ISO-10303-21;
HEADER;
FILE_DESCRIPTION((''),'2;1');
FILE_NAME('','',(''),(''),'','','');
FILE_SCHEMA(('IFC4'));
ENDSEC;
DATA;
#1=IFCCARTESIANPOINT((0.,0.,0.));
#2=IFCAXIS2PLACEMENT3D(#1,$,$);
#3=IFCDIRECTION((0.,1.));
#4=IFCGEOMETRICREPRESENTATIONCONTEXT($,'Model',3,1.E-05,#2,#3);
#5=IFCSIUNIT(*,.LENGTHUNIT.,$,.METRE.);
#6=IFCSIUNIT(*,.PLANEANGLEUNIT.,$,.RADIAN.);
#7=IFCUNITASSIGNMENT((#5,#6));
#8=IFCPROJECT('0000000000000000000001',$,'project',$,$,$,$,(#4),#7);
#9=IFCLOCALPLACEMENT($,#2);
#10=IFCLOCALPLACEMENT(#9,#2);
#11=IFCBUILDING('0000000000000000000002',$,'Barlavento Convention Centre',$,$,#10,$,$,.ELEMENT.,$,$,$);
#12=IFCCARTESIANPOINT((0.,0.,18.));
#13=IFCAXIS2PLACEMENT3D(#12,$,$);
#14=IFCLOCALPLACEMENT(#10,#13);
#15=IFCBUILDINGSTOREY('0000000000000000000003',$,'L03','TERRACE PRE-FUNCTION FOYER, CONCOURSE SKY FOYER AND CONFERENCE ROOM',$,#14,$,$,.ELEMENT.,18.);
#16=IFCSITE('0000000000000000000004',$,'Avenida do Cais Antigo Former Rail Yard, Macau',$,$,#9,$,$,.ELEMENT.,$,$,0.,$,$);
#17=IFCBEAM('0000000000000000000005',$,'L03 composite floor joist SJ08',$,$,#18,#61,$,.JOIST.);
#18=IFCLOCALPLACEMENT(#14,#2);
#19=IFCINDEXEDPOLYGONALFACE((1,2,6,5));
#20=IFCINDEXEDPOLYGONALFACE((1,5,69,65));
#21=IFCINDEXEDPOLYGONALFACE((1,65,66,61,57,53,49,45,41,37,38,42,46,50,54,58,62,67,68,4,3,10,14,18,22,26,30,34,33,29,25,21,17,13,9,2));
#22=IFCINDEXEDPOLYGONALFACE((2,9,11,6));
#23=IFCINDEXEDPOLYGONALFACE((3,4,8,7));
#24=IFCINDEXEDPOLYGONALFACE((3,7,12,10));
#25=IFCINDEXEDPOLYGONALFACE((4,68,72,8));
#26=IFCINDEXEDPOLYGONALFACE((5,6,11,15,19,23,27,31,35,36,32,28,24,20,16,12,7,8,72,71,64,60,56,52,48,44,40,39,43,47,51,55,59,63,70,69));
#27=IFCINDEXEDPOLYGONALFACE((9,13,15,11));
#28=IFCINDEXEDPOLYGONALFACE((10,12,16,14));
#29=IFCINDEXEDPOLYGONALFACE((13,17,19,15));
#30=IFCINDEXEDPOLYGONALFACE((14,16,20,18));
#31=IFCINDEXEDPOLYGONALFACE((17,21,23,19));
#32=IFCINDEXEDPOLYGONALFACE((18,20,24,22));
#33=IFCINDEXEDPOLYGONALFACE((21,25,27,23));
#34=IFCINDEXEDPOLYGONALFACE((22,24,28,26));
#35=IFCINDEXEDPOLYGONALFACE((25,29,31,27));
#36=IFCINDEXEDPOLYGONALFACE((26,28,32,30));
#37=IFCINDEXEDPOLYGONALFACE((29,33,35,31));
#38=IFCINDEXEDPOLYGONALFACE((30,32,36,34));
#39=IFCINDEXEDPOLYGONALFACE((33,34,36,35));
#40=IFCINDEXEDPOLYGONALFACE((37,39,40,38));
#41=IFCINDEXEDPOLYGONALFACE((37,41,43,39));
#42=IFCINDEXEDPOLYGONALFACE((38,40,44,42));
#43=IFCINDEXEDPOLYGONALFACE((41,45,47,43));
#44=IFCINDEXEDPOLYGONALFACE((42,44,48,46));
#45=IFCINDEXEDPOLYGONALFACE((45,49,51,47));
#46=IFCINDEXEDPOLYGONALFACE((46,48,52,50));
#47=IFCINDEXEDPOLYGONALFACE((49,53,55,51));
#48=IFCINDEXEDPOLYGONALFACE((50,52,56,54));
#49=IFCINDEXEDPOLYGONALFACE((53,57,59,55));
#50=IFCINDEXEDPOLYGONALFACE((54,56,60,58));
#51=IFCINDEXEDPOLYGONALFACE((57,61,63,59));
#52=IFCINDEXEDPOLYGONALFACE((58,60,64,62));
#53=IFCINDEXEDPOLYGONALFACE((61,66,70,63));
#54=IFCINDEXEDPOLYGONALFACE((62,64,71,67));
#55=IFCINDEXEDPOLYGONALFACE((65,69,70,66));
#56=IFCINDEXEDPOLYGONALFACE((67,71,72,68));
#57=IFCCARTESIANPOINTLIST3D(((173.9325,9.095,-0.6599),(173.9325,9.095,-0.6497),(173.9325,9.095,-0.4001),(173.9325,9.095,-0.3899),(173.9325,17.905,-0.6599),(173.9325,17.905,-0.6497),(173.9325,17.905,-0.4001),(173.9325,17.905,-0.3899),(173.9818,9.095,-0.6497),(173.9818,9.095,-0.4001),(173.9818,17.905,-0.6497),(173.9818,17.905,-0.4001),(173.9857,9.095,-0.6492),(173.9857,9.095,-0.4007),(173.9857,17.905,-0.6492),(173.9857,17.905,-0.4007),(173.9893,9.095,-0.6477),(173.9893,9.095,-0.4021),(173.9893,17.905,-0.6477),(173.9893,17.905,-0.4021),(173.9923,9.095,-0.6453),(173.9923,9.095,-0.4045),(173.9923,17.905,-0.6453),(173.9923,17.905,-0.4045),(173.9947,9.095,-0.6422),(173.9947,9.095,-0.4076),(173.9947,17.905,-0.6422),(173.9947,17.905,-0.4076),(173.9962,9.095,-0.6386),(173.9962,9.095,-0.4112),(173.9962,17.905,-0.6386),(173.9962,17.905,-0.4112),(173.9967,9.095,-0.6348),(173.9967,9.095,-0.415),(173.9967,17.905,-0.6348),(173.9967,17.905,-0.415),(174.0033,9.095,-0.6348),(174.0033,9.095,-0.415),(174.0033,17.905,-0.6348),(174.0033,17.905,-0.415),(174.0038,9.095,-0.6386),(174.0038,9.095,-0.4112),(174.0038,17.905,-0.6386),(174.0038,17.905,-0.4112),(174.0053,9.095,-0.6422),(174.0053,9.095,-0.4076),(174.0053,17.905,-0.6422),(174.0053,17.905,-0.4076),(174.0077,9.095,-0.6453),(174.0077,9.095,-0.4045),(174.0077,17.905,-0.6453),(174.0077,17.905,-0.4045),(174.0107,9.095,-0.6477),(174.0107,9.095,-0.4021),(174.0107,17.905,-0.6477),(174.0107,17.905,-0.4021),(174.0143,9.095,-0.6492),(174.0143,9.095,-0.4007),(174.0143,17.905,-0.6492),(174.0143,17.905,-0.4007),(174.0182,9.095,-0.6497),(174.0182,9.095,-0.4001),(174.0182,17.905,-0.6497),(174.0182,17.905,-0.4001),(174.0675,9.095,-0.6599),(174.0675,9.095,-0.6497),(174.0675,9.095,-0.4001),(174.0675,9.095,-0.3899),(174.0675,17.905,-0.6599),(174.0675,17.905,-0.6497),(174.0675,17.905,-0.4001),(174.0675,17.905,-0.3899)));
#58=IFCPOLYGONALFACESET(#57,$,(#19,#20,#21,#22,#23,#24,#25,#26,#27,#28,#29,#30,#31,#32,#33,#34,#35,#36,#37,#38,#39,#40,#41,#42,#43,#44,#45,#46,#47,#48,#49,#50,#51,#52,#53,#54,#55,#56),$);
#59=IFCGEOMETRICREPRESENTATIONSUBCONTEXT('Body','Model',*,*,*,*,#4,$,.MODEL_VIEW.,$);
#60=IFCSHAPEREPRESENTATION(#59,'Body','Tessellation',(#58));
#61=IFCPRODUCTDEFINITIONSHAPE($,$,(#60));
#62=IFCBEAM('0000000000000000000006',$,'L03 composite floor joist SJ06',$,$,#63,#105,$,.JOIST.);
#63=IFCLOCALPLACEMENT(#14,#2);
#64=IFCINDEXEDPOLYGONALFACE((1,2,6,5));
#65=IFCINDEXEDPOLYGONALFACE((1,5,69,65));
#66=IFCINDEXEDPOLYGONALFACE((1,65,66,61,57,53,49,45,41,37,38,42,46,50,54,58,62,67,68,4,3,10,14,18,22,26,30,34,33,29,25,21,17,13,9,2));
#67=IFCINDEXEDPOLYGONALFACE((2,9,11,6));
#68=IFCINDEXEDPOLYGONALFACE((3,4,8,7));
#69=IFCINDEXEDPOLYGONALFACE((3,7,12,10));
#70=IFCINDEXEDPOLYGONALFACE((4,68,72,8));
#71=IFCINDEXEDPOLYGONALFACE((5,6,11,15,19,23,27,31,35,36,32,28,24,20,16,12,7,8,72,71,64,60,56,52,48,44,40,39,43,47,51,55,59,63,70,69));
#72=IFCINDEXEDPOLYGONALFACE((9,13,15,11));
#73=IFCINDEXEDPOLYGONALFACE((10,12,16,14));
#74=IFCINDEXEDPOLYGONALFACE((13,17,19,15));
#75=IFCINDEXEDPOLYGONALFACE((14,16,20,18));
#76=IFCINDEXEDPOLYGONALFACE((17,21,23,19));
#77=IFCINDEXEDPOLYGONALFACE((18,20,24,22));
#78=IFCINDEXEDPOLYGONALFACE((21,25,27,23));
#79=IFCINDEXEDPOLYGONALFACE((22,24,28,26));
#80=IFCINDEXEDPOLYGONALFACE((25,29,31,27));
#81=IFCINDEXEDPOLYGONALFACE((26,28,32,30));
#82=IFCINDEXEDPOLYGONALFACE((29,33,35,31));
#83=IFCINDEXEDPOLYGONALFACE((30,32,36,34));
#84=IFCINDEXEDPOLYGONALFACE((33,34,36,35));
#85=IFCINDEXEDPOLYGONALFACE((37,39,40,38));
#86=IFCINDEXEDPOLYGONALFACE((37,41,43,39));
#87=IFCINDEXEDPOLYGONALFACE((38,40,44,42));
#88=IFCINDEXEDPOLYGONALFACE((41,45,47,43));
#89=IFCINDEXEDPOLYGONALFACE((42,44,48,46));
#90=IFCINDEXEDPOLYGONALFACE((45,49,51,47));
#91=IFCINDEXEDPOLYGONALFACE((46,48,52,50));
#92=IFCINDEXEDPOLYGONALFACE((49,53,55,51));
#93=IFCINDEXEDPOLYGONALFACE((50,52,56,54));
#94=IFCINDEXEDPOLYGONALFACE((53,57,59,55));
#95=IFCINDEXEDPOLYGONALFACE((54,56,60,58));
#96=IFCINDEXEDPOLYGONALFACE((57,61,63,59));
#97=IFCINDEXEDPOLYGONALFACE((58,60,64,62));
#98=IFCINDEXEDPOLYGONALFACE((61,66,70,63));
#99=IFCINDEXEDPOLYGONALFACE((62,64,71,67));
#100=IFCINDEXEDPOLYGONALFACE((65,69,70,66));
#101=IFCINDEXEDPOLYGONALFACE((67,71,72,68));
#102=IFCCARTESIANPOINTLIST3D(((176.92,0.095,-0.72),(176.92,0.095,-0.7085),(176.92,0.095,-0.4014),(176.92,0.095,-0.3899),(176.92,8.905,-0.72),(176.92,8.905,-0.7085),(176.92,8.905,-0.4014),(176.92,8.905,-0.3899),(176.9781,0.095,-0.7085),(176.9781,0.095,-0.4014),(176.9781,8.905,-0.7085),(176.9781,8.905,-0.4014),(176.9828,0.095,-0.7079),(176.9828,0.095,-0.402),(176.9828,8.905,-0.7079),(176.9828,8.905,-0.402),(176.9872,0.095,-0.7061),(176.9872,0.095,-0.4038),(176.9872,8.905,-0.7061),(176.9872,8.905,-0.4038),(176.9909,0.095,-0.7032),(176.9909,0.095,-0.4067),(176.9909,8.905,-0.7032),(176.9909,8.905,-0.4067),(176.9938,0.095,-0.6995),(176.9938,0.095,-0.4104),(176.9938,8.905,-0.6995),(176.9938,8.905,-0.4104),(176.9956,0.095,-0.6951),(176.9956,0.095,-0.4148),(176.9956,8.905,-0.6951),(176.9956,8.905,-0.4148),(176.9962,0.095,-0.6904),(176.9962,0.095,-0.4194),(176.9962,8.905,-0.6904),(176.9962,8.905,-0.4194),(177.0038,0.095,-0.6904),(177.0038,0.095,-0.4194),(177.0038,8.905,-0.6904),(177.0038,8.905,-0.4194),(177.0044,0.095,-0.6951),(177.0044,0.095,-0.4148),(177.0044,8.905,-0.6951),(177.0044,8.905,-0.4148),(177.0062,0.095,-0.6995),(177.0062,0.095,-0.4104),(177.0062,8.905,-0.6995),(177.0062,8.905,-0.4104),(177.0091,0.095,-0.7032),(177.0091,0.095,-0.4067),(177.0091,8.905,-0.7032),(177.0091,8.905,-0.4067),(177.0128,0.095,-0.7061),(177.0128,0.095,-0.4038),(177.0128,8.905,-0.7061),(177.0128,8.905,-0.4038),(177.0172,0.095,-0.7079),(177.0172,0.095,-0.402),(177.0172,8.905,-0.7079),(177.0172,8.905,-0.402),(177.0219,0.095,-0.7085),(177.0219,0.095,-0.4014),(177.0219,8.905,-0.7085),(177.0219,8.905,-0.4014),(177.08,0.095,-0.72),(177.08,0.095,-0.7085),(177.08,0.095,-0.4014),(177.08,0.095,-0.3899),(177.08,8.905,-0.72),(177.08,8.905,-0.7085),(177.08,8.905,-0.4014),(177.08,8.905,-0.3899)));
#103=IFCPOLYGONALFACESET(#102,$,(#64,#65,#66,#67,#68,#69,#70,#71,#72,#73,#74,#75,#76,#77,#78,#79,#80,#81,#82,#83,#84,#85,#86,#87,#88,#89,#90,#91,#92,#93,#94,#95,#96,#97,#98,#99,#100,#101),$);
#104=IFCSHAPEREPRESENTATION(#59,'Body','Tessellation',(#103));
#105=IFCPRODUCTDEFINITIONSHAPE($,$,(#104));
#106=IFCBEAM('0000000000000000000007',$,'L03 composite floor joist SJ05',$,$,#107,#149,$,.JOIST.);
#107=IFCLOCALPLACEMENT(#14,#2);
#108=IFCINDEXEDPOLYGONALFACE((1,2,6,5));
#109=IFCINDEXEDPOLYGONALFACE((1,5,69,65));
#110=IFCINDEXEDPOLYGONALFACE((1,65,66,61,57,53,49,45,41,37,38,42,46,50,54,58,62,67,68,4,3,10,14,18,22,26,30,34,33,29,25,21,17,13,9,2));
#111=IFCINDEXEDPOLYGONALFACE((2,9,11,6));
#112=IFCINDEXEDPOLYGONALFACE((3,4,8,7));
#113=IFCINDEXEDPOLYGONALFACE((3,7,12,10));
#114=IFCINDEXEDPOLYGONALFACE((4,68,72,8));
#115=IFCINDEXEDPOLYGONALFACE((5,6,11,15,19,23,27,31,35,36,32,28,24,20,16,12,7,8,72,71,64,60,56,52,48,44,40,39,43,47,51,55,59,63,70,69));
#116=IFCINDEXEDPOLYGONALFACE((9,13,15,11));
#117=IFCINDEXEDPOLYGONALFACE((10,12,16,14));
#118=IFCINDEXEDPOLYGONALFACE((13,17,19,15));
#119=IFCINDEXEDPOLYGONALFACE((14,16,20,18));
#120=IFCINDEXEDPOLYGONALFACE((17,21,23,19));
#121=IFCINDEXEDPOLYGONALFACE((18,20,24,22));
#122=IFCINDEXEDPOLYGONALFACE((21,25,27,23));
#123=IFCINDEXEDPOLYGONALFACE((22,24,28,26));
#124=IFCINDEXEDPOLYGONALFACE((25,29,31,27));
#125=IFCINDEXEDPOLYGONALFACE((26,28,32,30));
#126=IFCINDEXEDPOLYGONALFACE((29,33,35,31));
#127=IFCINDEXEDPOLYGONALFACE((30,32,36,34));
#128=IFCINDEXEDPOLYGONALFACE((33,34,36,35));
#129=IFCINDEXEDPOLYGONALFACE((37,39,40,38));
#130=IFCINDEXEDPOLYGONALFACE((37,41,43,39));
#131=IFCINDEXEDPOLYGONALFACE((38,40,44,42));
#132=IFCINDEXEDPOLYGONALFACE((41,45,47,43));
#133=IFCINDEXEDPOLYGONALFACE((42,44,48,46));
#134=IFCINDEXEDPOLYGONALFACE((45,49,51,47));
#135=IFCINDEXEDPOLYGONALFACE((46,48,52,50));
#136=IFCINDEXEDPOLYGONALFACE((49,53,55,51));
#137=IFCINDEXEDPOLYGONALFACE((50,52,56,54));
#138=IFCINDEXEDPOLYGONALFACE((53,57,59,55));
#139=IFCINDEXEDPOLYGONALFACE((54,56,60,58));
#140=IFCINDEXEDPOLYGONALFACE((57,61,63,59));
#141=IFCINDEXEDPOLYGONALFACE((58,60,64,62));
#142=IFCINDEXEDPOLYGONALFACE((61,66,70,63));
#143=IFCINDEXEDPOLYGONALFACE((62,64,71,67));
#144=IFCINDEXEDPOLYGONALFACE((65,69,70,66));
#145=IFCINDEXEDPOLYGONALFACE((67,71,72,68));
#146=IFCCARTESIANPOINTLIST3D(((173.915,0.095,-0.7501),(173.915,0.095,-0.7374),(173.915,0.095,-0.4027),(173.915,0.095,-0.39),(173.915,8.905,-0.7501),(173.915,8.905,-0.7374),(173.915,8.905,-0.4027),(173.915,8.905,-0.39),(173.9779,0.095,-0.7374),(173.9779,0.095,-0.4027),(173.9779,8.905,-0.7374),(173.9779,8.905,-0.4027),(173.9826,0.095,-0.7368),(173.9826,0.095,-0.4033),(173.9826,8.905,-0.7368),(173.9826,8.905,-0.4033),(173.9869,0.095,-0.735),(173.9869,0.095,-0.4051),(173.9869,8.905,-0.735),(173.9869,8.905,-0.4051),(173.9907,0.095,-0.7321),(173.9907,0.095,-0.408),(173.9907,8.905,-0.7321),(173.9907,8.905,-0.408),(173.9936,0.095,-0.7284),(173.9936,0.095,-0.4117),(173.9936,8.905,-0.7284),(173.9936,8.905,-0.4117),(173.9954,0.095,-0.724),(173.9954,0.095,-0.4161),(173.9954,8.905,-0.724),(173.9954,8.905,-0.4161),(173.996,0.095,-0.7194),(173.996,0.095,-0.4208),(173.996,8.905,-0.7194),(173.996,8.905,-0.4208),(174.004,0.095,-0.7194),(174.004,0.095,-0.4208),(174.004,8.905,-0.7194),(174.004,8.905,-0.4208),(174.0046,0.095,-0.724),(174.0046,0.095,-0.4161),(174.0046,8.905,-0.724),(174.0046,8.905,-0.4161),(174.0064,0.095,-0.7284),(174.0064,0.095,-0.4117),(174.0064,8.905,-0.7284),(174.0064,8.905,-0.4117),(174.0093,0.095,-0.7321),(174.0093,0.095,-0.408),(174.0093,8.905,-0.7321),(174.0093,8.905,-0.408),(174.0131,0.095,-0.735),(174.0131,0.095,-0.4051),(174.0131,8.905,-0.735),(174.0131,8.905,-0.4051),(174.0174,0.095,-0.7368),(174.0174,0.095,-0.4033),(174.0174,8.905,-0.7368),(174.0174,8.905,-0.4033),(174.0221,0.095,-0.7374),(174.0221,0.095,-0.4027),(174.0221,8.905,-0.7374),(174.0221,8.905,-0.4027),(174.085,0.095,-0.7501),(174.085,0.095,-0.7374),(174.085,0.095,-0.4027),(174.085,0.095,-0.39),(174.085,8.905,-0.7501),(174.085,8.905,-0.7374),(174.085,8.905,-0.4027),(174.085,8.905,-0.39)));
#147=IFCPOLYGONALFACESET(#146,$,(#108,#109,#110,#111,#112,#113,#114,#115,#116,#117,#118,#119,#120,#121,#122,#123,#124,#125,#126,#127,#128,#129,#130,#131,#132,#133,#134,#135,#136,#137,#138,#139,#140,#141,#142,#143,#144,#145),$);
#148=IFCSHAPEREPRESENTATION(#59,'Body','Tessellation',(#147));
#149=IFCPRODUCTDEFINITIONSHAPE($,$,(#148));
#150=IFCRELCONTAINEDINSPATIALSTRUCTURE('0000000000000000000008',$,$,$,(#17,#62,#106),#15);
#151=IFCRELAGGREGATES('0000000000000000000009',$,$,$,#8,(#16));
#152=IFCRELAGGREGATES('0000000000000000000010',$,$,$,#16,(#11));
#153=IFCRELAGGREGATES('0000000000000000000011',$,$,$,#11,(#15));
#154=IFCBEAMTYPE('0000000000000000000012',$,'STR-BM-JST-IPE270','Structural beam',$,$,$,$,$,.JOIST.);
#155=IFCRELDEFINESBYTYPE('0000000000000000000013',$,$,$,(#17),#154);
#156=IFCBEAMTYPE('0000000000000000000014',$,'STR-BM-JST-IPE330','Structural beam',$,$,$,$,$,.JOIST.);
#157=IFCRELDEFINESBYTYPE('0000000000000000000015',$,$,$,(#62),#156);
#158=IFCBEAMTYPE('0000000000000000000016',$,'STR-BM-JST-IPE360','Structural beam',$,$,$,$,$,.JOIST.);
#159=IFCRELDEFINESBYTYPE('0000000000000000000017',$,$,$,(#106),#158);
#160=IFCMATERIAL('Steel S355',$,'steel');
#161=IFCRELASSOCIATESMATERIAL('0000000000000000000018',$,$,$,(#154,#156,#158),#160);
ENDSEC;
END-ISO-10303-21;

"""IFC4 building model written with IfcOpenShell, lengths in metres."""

from ifc_helpers import new_model, si_unit, direction, frame, origin, origin_2d, place, context, subcontext, project, spatial, i_section, extrude, material, material_profile, profile_set, type_object, element, save


model = new_model("IFC4")

# Units and contexts
model_context = context("Model", 3, precision=1e-05, world=origin(), true_north=direction((0.0, 1.0)))
body_context = subcontext(model_context, "Body", "Model", "MODEL_VIEW")
ifc_project = project(units=[si_unit("LENGTHUNIT", "METRE"), si_unit("PLANEANGLEUNIT", "RADIAN")], contexts=[model_context])

# Site, building, storey
site_placement = place(None, origin())
site = spatial("IfcSite", under=ifc_project, at=site_placement, Name="Avenida do Cais Antigo Former Rail Yard, Macau", CompositionType="ELEMENT", RefElevation=0.0)
building_placement = place(site_placement, origin())
building = spatial("IfcBuilding", under=site, at=building_placement, Name="Barlavento Convention Centre", CompositionType="ELEMENT")
storey_placement = place(building_placement, frame((0.0, 0.0, 18.0)))
storey = spatial("IfcBuildingStorey", under=building, at=storey_placement, Name="L03", Description="TERRACE PRE-FUNCTION FOYER, CONCOURSE SKY FOYER AND CONFERENCE ROOM", CompositionType="ELEMENT", Elevation=18.0)

# Beams
ifc_material_1 = material(Name="Steel S355", Category="steel")
ifc_material_profile_1 = material_profile(ifc_material_1, i_section(OverallWidth=0.135, OverallDepth=0.27, WebThickness=0.0066, FlangeThickness=0.0103, FilletRadius=0.0149, at=origin_2d()), Name="IPE 270")
ifc_profile_set_1 = profile_set([ifc_material_profile_1], Name="Steel S355")
beam_type_1 = type_object("IfcBeamType", Name="STR-BM-JST-IPE270", Description="Structural beam", PredefinedType="JOIST", material=ifc_profile_set_1)
beam_1_placement = place(storey_placement, frame((174.0, 9.095, -0.5249), z_axis=(0.0, 1.0, 0.0), x_axis=(-1.0, 0.0, 0.0)))
element("IfcBeam", 1, at=beam_1_placement, inside=storey, type_object=beam_type_1, Name="L03 composite floor joist SJ08", PredefinedType="JOIST", context=body_context, shape_type="SweptSolid", body=[
    extrude(i_section(OverallWidth=0.135, OverallDepth=0.27, WebThickness=0.0066, FlangeThickness=0.0103, FilletRadius=0.0149, at=origin_2d()), origin(), (0.0, 0.0, 1.0), 8.8101),
])
ifc_material_profile_2 = material_profile(ifc_material_1, i_section(OverallWidth=0.1599, OverallDepth=0.3301, WebThickness=0.0076, FlangeThickness=0.0115, FilletRadius=0.0181, at=origin_2d()), Name="IPE 330")
ifc_profile_set_2 = profile_set([ifc_material_profile_2], Name="Steel S355")
beam_type_2 = type_object("IfcBeamType", Name="STR-BM-JST-IPE330", Description="Structural beam", PredefinedType="JOIST", material=ifc_profile_set_2)
beam_2_placement = place(storey_placement, frame((177.0, 0.095, -0.5549), z_axis=(0.0, 1.0, 0.0), x_axis=(-1.0, 0.0, 0.0)))
element("IfcBeam", 2, at=beam_2_placement, inside=storey, type_object=beam_type_2, Name="L03 composite floor joist SJ06", PredefinedType="JOIST", context=body_context, shape_type="SweptSolid", body=[
    extrude(i_section(OverallWidth=0.1599, OverallDepth=0.3301, WebThickness=0.0076, FlangeThickness=0.0115, FilletRadius=0.0181, at=origin_2d()), origin(), (0.0, 0.0, 1.0), 8.8101),
])
ifc_material_profile_3 = material_profile(ifc_material_1, i_section(OverallWidth=0.1699, OverallDepth=0.3601, WebThickness=0.0081, FlangeThickness=0.0127, FilletRadius=0.0181, at=origin_2d()), Name="IPE 360")
ifc_profile_set_3 = profile_set([ifc_material_profile_3], Name="Steel S355")
beam_type_3 = type_object("IfcBeamType", Name="STR-BM-JST-IPE360", Description="Structural beam", PredefinedType="JOIST", material=ifc_profile_set_3)
beam_3_placement = place(storey_placement, frame((174.0, 0.095, -0.5701), z_axis=(0.0, 1.0, 0.0), x_axis=(-1.0, 0.0, 0.0)))
element("IfcBeam", 3, at=beam_3_placement, inside=storey, type_object=beam_type_3, Name="L03 composite floor joist SJ05", PredefinedType="JOIST", context=body_context, shape_type="SweptSolid", body=[
    extrude(i_section(OverallWidth=0.1699, OverallDepth=0.3601, WebThickness=0.0081, FlangeThickness=0.0127, FilletRadius=0.0181, at=origin_2d()), origin(), (0.0, 0.0, 1.0), 8.8101),
])

save(model, "model.ifc")
